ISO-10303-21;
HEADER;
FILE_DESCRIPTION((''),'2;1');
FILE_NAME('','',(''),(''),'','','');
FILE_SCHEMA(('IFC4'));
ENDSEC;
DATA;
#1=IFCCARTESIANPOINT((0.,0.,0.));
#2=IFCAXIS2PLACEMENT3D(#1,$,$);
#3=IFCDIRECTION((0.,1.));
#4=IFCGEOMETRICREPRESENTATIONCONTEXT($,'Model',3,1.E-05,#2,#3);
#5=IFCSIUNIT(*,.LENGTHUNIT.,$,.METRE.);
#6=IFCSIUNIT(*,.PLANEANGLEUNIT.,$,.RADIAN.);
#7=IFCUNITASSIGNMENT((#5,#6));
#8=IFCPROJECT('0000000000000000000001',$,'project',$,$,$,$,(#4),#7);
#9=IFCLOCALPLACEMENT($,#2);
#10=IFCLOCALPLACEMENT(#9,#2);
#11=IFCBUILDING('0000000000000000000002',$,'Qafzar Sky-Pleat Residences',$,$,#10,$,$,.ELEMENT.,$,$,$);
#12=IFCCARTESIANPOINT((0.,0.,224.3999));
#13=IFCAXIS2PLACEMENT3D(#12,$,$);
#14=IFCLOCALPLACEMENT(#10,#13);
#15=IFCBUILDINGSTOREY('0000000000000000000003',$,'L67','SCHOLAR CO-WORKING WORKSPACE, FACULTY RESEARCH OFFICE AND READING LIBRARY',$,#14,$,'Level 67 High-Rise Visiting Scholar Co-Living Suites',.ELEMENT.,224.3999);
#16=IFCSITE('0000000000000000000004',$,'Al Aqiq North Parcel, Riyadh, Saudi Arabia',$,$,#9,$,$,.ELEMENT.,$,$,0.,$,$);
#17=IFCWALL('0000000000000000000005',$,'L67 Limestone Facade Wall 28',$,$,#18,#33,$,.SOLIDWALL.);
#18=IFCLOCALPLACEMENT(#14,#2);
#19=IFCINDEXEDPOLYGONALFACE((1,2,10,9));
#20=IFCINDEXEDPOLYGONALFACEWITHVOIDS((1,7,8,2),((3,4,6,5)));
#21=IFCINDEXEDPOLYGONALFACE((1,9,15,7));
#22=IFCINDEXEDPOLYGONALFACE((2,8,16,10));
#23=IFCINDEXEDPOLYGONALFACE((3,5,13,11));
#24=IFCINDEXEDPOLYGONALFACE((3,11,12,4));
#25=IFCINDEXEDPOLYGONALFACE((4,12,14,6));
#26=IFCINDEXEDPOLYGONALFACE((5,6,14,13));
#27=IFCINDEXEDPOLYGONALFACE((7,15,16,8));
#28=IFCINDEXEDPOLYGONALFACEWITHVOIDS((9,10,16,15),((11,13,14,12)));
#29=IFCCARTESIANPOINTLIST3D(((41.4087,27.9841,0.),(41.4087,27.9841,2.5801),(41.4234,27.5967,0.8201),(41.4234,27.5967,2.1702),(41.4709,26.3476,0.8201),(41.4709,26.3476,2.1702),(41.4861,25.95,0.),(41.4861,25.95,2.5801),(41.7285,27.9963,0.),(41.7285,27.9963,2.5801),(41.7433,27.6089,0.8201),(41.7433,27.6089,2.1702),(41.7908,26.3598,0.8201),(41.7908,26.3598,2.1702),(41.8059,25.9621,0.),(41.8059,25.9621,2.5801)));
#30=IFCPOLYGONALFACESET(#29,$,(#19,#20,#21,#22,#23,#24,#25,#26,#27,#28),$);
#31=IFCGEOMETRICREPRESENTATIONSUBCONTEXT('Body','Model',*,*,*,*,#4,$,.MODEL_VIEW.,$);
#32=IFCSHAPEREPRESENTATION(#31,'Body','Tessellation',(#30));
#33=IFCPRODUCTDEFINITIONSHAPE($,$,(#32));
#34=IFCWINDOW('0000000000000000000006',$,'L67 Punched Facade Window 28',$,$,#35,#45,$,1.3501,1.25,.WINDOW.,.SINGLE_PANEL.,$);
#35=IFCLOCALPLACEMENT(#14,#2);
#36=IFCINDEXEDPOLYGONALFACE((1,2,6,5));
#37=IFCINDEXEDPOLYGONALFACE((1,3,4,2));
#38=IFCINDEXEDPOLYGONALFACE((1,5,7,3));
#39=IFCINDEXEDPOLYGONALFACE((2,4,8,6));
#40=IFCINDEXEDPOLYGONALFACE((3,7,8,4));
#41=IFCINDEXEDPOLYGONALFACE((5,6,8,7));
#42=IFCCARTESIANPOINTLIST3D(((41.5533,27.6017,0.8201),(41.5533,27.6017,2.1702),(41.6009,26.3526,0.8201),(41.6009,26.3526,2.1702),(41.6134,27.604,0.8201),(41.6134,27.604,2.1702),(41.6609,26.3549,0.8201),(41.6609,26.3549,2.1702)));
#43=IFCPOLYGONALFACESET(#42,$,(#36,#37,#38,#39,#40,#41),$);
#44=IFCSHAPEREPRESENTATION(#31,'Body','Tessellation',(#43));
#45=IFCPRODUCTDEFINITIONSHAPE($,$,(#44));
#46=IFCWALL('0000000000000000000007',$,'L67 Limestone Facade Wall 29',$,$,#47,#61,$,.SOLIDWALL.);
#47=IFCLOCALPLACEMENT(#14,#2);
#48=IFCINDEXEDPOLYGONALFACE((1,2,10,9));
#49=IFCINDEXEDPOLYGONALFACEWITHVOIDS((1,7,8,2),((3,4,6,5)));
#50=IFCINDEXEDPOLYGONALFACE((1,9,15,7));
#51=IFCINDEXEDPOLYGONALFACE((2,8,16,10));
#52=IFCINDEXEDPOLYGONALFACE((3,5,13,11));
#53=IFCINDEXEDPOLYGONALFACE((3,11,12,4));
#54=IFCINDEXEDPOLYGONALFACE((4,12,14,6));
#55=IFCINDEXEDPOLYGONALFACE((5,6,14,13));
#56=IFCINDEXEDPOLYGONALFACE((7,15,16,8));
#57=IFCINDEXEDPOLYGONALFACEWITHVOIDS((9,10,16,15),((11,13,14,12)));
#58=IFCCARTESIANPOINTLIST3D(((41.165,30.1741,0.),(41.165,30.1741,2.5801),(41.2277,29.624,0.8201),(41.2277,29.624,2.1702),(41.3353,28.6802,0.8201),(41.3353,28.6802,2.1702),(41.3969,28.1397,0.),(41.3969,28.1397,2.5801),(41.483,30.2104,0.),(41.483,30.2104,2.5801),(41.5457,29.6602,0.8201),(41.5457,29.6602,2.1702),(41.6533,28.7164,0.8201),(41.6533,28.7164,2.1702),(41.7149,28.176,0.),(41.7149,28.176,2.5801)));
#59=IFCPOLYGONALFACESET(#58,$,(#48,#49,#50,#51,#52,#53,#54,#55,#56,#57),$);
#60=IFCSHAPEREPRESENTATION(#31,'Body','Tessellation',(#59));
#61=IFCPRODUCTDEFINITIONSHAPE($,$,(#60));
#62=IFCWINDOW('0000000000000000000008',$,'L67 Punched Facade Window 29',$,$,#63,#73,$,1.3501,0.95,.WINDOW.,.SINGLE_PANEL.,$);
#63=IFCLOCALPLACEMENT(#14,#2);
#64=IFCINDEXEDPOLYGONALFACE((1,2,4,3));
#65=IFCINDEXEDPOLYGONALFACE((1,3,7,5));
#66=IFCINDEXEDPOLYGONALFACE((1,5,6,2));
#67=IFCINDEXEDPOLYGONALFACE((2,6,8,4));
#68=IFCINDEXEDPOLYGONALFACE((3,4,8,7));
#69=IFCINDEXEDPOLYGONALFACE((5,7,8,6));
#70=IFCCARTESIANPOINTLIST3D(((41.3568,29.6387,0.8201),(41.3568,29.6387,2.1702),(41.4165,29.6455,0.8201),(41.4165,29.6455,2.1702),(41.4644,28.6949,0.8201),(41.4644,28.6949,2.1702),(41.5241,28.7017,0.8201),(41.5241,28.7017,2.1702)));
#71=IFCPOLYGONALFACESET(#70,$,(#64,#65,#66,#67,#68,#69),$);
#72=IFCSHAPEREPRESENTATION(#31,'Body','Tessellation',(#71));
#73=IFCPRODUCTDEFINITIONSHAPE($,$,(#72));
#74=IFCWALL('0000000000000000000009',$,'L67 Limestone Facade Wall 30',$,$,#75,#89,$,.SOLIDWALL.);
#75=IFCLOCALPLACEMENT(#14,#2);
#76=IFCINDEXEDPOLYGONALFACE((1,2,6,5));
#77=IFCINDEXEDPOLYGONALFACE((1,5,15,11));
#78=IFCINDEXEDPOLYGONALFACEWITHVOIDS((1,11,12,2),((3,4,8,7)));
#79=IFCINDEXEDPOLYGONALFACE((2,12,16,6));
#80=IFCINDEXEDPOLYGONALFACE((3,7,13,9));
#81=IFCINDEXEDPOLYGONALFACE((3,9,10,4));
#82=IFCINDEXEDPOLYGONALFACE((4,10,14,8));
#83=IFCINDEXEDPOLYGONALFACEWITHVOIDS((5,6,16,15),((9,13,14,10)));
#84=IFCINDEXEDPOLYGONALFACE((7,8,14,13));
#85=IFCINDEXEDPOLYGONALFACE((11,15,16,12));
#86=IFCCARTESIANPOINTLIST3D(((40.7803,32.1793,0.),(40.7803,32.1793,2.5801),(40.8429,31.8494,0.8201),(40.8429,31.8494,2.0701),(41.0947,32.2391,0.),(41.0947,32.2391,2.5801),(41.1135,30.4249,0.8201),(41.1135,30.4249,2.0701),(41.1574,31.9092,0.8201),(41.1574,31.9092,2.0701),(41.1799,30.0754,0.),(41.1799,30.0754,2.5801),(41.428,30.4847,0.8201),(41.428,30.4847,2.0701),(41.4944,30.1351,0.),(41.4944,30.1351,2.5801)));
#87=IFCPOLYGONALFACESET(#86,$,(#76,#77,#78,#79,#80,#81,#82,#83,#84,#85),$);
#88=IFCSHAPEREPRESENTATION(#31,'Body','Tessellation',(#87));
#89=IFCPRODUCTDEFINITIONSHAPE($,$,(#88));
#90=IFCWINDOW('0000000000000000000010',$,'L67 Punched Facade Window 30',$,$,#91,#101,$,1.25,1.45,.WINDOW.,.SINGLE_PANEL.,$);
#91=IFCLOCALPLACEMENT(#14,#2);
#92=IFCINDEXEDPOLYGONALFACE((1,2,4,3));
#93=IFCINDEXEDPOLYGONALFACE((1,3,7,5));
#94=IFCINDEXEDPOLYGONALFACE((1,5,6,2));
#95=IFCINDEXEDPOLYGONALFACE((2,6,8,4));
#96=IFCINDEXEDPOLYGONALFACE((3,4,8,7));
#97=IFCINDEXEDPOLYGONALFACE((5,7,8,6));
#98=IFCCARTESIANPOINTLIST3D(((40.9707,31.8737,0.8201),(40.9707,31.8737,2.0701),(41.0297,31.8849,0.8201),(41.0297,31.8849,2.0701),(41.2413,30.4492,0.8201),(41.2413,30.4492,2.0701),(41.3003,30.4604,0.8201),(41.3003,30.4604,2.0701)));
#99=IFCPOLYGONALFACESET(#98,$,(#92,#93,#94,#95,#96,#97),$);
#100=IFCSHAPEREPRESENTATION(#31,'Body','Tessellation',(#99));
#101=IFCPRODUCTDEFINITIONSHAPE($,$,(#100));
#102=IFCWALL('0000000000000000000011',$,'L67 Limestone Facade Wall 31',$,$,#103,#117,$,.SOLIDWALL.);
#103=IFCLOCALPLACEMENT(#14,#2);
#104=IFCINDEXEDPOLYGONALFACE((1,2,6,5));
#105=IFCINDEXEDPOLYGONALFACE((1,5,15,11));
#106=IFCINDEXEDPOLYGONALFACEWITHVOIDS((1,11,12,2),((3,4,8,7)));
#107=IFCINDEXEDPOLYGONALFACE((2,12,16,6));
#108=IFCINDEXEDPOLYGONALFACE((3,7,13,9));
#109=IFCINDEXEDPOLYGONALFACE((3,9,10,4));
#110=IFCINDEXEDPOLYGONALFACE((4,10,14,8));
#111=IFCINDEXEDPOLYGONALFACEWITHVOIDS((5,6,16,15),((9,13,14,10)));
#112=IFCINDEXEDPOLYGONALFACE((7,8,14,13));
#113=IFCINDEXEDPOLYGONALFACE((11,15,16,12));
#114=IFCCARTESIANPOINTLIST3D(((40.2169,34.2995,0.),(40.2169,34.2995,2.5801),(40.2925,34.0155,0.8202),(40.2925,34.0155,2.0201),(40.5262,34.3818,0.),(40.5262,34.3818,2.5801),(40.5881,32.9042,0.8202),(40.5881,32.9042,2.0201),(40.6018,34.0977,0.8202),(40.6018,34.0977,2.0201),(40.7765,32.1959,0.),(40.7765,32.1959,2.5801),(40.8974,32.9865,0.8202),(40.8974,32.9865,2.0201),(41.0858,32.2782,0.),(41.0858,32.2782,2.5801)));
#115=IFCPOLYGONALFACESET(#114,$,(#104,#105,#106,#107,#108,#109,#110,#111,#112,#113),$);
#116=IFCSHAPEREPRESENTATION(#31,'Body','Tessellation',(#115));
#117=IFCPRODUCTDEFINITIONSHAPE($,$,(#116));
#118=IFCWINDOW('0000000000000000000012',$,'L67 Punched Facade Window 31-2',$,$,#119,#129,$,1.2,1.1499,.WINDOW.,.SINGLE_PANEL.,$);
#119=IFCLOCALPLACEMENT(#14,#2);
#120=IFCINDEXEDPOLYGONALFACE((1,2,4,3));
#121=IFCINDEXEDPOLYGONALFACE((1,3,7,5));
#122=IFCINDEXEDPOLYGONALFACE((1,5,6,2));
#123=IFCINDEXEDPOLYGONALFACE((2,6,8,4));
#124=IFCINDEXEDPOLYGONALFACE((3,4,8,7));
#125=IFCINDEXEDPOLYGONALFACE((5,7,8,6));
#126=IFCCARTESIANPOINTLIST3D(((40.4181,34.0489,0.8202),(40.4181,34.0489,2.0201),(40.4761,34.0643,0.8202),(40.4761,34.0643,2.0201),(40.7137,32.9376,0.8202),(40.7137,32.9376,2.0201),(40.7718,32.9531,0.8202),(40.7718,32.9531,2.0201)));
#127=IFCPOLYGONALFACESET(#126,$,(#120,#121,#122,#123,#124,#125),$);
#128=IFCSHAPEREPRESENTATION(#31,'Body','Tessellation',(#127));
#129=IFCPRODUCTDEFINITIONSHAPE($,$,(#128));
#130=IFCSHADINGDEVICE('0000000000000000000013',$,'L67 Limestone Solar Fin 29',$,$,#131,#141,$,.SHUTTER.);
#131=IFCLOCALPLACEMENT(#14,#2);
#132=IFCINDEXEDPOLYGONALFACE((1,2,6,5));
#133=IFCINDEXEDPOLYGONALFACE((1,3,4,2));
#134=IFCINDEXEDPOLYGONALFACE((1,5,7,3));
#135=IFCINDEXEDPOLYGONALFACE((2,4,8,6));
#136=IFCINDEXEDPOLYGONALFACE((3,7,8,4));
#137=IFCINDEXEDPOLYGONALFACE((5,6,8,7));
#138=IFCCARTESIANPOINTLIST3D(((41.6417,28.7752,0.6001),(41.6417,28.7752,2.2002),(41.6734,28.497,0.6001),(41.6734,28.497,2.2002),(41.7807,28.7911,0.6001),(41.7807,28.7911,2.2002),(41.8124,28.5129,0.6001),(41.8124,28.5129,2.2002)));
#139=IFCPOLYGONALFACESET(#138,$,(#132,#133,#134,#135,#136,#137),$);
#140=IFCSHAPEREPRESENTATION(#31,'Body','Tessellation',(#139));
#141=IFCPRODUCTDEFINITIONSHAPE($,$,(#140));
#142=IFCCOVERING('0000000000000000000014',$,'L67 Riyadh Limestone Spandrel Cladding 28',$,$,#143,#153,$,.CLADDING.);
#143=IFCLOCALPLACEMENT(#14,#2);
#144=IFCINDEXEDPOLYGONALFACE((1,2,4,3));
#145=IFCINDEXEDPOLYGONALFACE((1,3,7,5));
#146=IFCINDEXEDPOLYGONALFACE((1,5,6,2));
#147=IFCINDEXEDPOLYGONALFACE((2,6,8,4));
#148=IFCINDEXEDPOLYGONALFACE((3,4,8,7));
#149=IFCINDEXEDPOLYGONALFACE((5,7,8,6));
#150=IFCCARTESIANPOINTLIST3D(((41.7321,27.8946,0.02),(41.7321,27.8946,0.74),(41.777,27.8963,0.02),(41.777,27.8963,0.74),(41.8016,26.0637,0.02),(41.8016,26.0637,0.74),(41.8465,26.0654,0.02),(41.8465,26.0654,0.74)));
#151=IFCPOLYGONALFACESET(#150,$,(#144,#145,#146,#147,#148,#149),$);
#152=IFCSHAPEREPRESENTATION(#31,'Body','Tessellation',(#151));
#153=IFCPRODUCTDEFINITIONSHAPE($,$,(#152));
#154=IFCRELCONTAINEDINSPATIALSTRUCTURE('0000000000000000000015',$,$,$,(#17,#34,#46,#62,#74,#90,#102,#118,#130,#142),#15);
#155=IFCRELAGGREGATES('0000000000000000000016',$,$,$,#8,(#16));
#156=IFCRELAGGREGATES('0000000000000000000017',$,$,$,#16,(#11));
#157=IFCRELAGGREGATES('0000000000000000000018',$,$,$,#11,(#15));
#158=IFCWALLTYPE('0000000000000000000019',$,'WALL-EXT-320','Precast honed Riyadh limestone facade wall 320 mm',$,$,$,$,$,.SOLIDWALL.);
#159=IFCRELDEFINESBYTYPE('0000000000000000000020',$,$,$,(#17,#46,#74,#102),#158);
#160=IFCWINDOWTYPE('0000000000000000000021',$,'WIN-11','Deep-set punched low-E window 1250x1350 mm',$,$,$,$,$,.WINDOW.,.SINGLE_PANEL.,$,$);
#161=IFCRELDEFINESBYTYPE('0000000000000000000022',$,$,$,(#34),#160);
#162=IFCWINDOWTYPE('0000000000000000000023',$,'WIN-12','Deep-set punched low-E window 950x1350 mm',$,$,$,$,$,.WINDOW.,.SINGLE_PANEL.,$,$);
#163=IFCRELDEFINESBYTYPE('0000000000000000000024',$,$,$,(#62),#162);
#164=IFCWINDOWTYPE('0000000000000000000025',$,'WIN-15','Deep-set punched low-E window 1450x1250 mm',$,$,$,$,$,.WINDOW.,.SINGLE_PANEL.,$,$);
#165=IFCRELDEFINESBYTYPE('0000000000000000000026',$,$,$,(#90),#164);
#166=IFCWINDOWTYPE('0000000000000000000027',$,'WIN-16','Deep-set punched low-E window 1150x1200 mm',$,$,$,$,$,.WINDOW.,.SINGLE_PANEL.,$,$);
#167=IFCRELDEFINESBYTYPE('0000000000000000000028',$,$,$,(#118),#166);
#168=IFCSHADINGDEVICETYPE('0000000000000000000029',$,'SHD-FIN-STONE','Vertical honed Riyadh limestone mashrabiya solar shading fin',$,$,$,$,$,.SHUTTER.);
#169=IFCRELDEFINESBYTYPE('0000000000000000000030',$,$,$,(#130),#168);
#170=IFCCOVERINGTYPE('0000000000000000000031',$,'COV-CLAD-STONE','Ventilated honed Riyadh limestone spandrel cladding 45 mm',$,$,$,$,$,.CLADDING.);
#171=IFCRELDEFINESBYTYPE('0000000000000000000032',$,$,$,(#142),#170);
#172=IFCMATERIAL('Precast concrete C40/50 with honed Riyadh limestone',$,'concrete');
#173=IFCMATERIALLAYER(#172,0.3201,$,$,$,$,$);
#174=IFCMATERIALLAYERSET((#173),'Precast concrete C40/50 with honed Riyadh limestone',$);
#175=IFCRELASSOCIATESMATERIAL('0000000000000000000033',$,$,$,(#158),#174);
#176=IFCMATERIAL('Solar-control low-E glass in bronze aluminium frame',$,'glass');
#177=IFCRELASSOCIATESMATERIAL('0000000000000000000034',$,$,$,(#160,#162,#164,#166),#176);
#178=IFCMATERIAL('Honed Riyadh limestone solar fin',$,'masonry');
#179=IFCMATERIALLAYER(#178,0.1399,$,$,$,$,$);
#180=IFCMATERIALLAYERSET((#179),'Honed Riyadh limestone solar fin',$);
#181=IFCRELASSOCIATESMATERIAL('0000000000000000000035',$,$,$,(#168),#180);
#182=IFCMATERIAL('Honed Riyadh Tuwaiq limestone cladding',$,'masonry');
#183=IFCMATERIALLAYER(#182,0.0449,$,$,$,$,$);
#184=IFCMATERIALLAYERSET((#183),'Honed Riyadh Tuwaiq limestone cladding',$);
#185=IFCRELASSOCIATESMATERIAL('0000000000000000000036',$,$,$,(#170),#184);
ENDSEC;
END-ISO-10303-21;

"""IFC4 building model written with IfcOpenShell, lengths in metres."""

from ifc_helpers import new_model, si_unit, direction, frame, frame_2d, origin, origin_2d, place, context, subcontext, project, spatial, rectangle, extrude, source, transform, mapped, material, layer, layer_set, type_object, element, fill, save


model = new_model("IFC4")

# Units and contexts
model_context = context("Model", 3, precision=1e-05, world=origin(), true_north=direction((0.0, 1.0)))
body_context = subcontext(model_context, "Body", "Model", "MODEL_VIEW")
ifc_project = project(units=[si_unit("LENGTHUNIT", "METRE"), si_unit("PLANEANGLEUNIT", "RADIAN")], contexts=[model_context])

# Site, building, storey
site_placement = place(None, origin())
site = spatial("IfcSite", under=ifc_project, at=site_placement, Name="Al Aqiq North Parcel, Riyadh, Saudi Arabia", CompositionType="ELEMENT", RefElevation=0.0)
building_placement = place(site_placement, origin())
building = spatial("IfcBuilding", under=site, at=building_placement, Name="Qafzar Sky-Pleat Residences", CompositionType="ELEMENT")
storey_placement = place(building_placement, frame((0.0, 0.0, 224.3999)))
storey = spatial("IfcBuildingStorey", under=building, at=storey_placement, Name="L67", Description="SCHOLAR CO-WORKING WORKSPACE, FACULTY RESEARCH OFFICE AND READING LIBRARY", LongName="Level 67 High-Rise Visiting Scholar Co-Living Suites", CompositionType="ELEMENT", Elevation=224.3999)

# Walls, openings, windows
ifc_material_1 = material(Name="Precast concrete C40/50 with honed Riyadh limestone", Category="concrete")
ifc_layer_1 = layer(ifc_material_1, 0.3201)
ifc_layer_set_1 = layer_set([ifc_layer_1], Name="Precast concrete C40/50 with honed Riyadh limestone")
wall_type_1 = type_object("IfcWallType", Name="WALL-EXT-320", Description="Precast honed Riyadh limestone facade wall 320 mm", PredefinedType="SOLIDWALL", material=ifc_layer_set_1)
wall_1_placement = place(storey_placement, frame((41.646, 25.9561, 0.0), z_axis=(0.0, 0.0, 1.0), x_axis=(-0.038019, 0.999277, 0.0)))
wall_1 = element("IfcWall", 1, at=wall_1_placement, inside=storey, type_object=wall_type_1, Name="L67 Limestone Facade Wall 28", PredefinedType="SOLIDWALL", context=body_context, shape_type="SweptSolid", body=[
    extrude(rectangle(XDim=2.0356, YDim=0.3201, at=frame_2d((1.0178, 0.0))), origin(), (0.0, 0.0, 1.0), 2.5801),
])
opening_1_placement = place(wall_1_placement, frame((0.3979, 0.0, 0.8201)))
opening_1 = element("IfcOpeningElement", 2, at=opening_1_placement, cuts=wall_1, PredefinedType="OPENING", context=body_context, shape_type="SweptSolid", body=[
    extrude(rectangle(XDim=1.25, YDim=1.3501, at=frame_2d((0.625, 0.675))), frame((0.0, 0.1699, 0.0), z_axis=(0.0, -1.0, 0.0), x_axis=(1.0, 0.0, 0.0)), (0.0, 0.0, 1.0), 0.3401),
])
ifc_material_2 = material(Name="Solar-control low-E glass in bronze aluminium frame", Category="glass")
window_type_1 = type_object("IfcWindowType", Name="WIN-11", Description="Deep-set punched low-E window 1250x1350 mm", PartitioningType="SINGLE_PANEL", PredefinedType="WINDOW", material=ifc_material_2)
shared_shape_1 = source(origin(), body_context, "Body", "SweptSolid", [
    extrude(rectangle(XDim=1.25, YDim=1.3501, at=frame_2d((0.625, 0.675))), frame((0.0, 0.03, 0.0), z_axis=(0.0, -1.0, 0.0), x_axis=(1.0, 0.0, 0.0)), (0.0, 0.0, 1.0), 0.0601),
])
window_1_placement = place(opening_1_placement, origin())
window_1 = element("IfcWindow", 3, at=window_1_placement, inside=storey, type_object=window_type_1, Name="L67 Punched Facade Window 28", OverallHeight=1.3501, OverallWidth=1.25, PartitioningType="SINGLE_PANEL", PredefinedType="WINDOW", context=body_context, shape_type="MappedRepresentation", body=[
    mapped(shared_shape_1, transform((0.0, 0.0, 0.0), x_axis=(1.0, 0.0, 0.0), y_axis=(0.0, 1.0, 0.0), z_axis=(0.0, 0.0, 1.0), scale=1.0)),
])
fill(opening_1, window_1)
wall_2_placement = place(storey_placement, frame((41.5559, 28.1577, 0.0), z_axis=(0.0, 0.0, 1.0), x_axis=(-0.113271, 0.993564, 0.0)))
wall_2 = element("IfcWall", 4, at=wall_2_placement, inside=storey, type_object=wall_type_1, Name="L67 Limestone Facade Wall 29", PredefinedType="SOLIDWALL", context=body_context, shape_type="SweptSolid", body=[
    extrude(rectangle(XDim=2.0476, YDim=0.3201, at=frame_2d((1.0239, 0.0))), origin(), (0.0, 0.0, 1.0), 2.5801),
])
opening_2_placement = place(wall_2_placement, frame((0.5439, 0.0, 0.8201)))
opening_2 = element("IfcOpeningElement", 5, at=opening_2_placement, cuts=wall_2, PredefinedType="OPENING", context=body_context, shape_type="SweptSolid", body=[
    extrude(rectangle(XDim=0.95, YDim=1.3501, at=frame_2d((0.4751, 0.675))), frame((0.0, 0.1699, 0.0), z_axis=(0.0, -1.0, 0.0), x_axis=(1.0, 0.0, 0.0)), (0.0, 0.0, 1.0), 0.3401),
])
window_type_2 = type_object("IfcWindowType", Name="WIN-12", Description="Deep-set punched low-E window 950x1350 mm", PartitioningType="SINGLE_PANEL", PredefinedType="WINDOW", material=ifc_material_2)
shared_shape_2 = source(origin(), body_context, "Body", "SweptSolid", [
    extrude(rectangle(XDim=0.95, YDim=1.3501, at=frame_2d((0.4751, 0.675))), frame((0.0, 0.03, 0.0), z_axis=(0.0, -1.0, 0.0), x_axis=(1.0, 0.0, 0.0)), (0.0, 0.0, 1.0), 0.0601),
])
window_2_placement = place(opening_2_placement, origin())
window_2 = element("IfcWindow", 6, at=window_2_placement, inside=storey, type_object=window_type_2, Name="L67 Punched Facade Window 29", OverallHeight=1.3501, OverallWidth=0.95, PartitioningType="SINGLE_PANEL", PredefinedType="WINDOW", context=body_context, shape_type="MappedRepresentation", body=[
    mapped(shared_shape_2, transform((0.0, 0.0, 0.0), x_axis=(1.0, 0.0, 0.0), y_axis=(0.0, 1.0, 0.0), z_axis=(0.0, 0.0, 1.0), scale=1.0)),
])
fill(opening_2, window_2)
wall_3_placement = place(storey_placement, frame((41.3372, 30.1052, 0.0), z_axis=(0.0, 0.0, 1.0), x_axis=(-0.186614, 0.982433, 0.0)))
wall_3 = element("IfcWall", 7, at=wall_3_placement, inside=storey, type_object=wall_type_1, Name="L67 Limestone Facade Wall 30", PredefinedType="SOLIDWALL", context=body_context, shape_type="SweptSolid", body=[
    extrude(rectangle(XDim=2.1416, YDim=0.3201, at=frame_2d((1.0708, 0.0))), origin(), (0.0, 0.0, 1.0), 2.5801),
])
opening_3_placement = place(wall_3_placement, frame((0.3557, 0.0, 0.8201)))
opening_3 = element("IfcOpeningElement", 8, at=opening_3_placement, cuts=wall_3, PredefinedType="OPENING", context=body_context, shape_type="SweptSolid", body=[
    extrude(rectangle(XDim=1.45, YDim=1.25, at=frame_2d((0.7251, 0.625))), frame((0.0, 0.1699, 0.0), z_axis=(0.0, -1.0, 0.0), x_axis=(1.0, 0.0, 0.0)), (0.0, 0.0, 1.0), 0.3401),
])
window_type_3 = type_object("IfcWindowType", Name="WIN-15", Description="Deep-set punched low-E window 1450x1250 mm", PartitioningType="SINGLE_PANEL", PredefinedType="WINDOW", material=ifc_material_2)
shared_shape_3 = source(origin(), body_context, "Body", "SweptSolid", [
    extrude(rectangle(XDim=1.45, YDim=1.25, at=frame_2d((0.7251, 0.625))), frame((0.0, 0.03, 0.0), z_axis=(0.0, -1.0, 0.0), x_axis=(1.0, 0.0, 0.0)), (0.0, 0.0, 1.0), 0.0601),
])
window_3_placement = place(opening_3_placement, origin())
window_3 = element("IfcWindow", 9, at=window_3_placement, inside=storey, type_object=window_type_3, Name="L67 Punched Facade Window 30", OverallHeight=1.25, OverallWidth=1.45, PartitioningType="SINGLE_PANEL", PredefinedType="WINDOW", context=body_context, shape_type="MappedRepresentation", body=[
    mapped(shared_shape_3, transform((0.0, 0.0, 0.0), x_axis=(1.0, 0.0, 0.0), y_axis=(0.0, 1.0, 0.0), z_axis=(0.0, 0.0, 1.0), scale=1.0)),
])
fill(opening_3, window_3)
wall_4_placement = place(storey_placement, frame((40.9312, 32.2371, 0.0), z_axis=(0.0, 0.0, 1.0), x_axis=(-0.257076, 0.966391, 0.0)))
wall_4 = element("IfcWall", 10, at=wall_4_placement, inside=storey, type_object=wall_type_1, Name="L67 Limestone Facade Wall 31", PredefinedType="SOLIDWALL", context=body_context, shape_type="SweptSolid", body=[
    extrude(rectangle(XDim=2.1768, YDim=0.3201, at=frame_2d((1.0884, 0.0))), origin(), (0.0, 0.0, 1.0), 2.5801),
])
opening_4_placement = place(wall_4_placement, frame((0.7329, 0.0, 0.8201)))
opening_4 = element("IfcOpeningElement", 11, at=opening_4_placement, cuts=wall_4, PredefinedType="OPENING", context=body_context, shape_type="SweptSolid", body=[
    extrude(rectangle(XDim=1.1499, YDim=1.2, at=frame_2d((0.575, 0.6001))), frame((0.0, 0.1699, 0.0), z_axis=(0.0, -1.0, 0.0), x_axis=(1.0, 0.0, 0.0)), (0.0, 0.0, 1.0), 0.3401),
])
window_type_4 = type_object("IfcWindowType", Name="WIN-16", Description="Deep-set punched low-E window 1150x1200 mm", PartitioningType="SINGLE_PANEL", PredefinedType="WINDOW", material=ifc_material_2)
shared_shape_4 = source(origin(), body_context, "Body", "SweptSolid", [
    extrude(rectangle(XDim=1.1499, YDim=1.2, at=frame_2d((0.575, 0.6001))), frame((0.0, 0.03, 0.0), z_axis=(0.0, -1.0, 0.0), x_axis=(1.0, 0.0, 0.0)), (0.0, 0.0, 1.0), 0.0601),
])
window_4_placement = place(opening_4_placement, origin())
window_4 = element("IfcWindow", 12, at=window_4_placement, inside=storey, type_object=window_type_4, Name="L67 Punched Facade Window 31-2", OverallHeight=1.2, OverallWidth=1.1499, PartitioningType="SINGLE_PANEL", PredefinedType="WINDOW", context=body_context, shape_type="MappedRepresentation", body=[
    mapped(shared_shape_4, transform((0.0, 0.0, 0.0), x_axis=(1.0, 0.0, 0.0), y_axis=(0.0, 1.0, 0.0), z_axis=(0.0, 0.0, 1.0), scale=1.0)),
])
fill(opening_4, window_4)

# Shading device
ifc_material_3 = material(Name="Honed Riyadh limestone solar fin", Category="masonry")
ifc_layer_2 = layer(ifc_material_3, 0.1399)
ifc_layer_set_2 = layer_set([ifc_layer_2], Name="Honed Riyadh limestone solar fin")
shading_device_type = type_object("IfcShadingDeviceType", Name="SHD-FIN-STONE", Description="Vertical honed Riyadh limestone mashrabiya solar shading fin", PredefinedType="SHUTTER", material=ifc_layer_set_2)
shared_shape_5 = source(origin(), body_context, "Body", "SweptSolid", [
    extrude(rectangle(XDim=0.1399, YDim=0.28, at=origin_2d()), origin(), (0.0, 0.0, 1.0), 1.6001),
])
shading_device_placement = place(storey_placement, frame((41.7271, 28.644, 0.6001), z_axis=(0.0, 0.0, 1.0), x_axis=(0.993561, 0.113301, 0.0)))
element("IfcShadingDevice", 13, at=shading_device_placement, inside=storey, type_object=shading_device_type, Name="L67 Limestone Solar Fin 29", PredefinedType="SHUTTER", context=body_context, shape_type="MappedRepresentation", body=[
    mapped(shared_shape_5, transform((0.0, 0.0, 0.0), x_axis=(1.0, 0.0, 0.0), y_axis=(0.0, 1.0, 0.0), z_axis=(0.0, 0.0, 1.0), scale=1.0)),
])

# Covering
ifc_material_4 = material(Name="Honed Riyadh Tuwaiq limestone cladding", Category="masonry")
ifc_layer_3 = layer(ifc_material_4, 0.0449)
ifc_layer_set_3 = layer_set([ifc_layer_3], Name="Honed Riyadh Tuwaiq limestone cladding")
covering_type = type_object("IfcCoveringType", Name="COV-CLAD-STONE", Description="Ventilated honed Riyadh limestone spandrel cladding 45 mm", PredefinedType="CLADDING", material=ifc_layer_set_3)
shared_shape_6 = source(origin(), body_context, "Body", "SweptSolid", [
    extrude(rectangle(XDim=1.8323, YDim=0.0449, at=origin_2d()), origin(), (0.0, 0.0, 1.0), 0.72),
])
covering_1_placement = place(storey_placement, frame((41.7893, 26.98, 0.02), z_axis=(0.0, 0.0, 1.0), x_axis=(-0.037971, 0.999279, 0.0)))
element("IfcCovering", 14, at=covering_1_placement, inside=storey, type_object=covering_type, Name="L67 Riyadh Limestone Spandrel Cladding 28", PredefinedType="CLADDING", context=body_context, shape_type="MappedRepresentation", body=[
    mapped(shared_shape_6, transform((0.0, 0.0, 0.0), x_axis=(1.0, 0.0, 0.0), y_axis=(0.0, 1.0, 0.0), z_axis=(0.0, 0.0, 1.0), scale=1.0)),
])

save(model, "model.ifc")
